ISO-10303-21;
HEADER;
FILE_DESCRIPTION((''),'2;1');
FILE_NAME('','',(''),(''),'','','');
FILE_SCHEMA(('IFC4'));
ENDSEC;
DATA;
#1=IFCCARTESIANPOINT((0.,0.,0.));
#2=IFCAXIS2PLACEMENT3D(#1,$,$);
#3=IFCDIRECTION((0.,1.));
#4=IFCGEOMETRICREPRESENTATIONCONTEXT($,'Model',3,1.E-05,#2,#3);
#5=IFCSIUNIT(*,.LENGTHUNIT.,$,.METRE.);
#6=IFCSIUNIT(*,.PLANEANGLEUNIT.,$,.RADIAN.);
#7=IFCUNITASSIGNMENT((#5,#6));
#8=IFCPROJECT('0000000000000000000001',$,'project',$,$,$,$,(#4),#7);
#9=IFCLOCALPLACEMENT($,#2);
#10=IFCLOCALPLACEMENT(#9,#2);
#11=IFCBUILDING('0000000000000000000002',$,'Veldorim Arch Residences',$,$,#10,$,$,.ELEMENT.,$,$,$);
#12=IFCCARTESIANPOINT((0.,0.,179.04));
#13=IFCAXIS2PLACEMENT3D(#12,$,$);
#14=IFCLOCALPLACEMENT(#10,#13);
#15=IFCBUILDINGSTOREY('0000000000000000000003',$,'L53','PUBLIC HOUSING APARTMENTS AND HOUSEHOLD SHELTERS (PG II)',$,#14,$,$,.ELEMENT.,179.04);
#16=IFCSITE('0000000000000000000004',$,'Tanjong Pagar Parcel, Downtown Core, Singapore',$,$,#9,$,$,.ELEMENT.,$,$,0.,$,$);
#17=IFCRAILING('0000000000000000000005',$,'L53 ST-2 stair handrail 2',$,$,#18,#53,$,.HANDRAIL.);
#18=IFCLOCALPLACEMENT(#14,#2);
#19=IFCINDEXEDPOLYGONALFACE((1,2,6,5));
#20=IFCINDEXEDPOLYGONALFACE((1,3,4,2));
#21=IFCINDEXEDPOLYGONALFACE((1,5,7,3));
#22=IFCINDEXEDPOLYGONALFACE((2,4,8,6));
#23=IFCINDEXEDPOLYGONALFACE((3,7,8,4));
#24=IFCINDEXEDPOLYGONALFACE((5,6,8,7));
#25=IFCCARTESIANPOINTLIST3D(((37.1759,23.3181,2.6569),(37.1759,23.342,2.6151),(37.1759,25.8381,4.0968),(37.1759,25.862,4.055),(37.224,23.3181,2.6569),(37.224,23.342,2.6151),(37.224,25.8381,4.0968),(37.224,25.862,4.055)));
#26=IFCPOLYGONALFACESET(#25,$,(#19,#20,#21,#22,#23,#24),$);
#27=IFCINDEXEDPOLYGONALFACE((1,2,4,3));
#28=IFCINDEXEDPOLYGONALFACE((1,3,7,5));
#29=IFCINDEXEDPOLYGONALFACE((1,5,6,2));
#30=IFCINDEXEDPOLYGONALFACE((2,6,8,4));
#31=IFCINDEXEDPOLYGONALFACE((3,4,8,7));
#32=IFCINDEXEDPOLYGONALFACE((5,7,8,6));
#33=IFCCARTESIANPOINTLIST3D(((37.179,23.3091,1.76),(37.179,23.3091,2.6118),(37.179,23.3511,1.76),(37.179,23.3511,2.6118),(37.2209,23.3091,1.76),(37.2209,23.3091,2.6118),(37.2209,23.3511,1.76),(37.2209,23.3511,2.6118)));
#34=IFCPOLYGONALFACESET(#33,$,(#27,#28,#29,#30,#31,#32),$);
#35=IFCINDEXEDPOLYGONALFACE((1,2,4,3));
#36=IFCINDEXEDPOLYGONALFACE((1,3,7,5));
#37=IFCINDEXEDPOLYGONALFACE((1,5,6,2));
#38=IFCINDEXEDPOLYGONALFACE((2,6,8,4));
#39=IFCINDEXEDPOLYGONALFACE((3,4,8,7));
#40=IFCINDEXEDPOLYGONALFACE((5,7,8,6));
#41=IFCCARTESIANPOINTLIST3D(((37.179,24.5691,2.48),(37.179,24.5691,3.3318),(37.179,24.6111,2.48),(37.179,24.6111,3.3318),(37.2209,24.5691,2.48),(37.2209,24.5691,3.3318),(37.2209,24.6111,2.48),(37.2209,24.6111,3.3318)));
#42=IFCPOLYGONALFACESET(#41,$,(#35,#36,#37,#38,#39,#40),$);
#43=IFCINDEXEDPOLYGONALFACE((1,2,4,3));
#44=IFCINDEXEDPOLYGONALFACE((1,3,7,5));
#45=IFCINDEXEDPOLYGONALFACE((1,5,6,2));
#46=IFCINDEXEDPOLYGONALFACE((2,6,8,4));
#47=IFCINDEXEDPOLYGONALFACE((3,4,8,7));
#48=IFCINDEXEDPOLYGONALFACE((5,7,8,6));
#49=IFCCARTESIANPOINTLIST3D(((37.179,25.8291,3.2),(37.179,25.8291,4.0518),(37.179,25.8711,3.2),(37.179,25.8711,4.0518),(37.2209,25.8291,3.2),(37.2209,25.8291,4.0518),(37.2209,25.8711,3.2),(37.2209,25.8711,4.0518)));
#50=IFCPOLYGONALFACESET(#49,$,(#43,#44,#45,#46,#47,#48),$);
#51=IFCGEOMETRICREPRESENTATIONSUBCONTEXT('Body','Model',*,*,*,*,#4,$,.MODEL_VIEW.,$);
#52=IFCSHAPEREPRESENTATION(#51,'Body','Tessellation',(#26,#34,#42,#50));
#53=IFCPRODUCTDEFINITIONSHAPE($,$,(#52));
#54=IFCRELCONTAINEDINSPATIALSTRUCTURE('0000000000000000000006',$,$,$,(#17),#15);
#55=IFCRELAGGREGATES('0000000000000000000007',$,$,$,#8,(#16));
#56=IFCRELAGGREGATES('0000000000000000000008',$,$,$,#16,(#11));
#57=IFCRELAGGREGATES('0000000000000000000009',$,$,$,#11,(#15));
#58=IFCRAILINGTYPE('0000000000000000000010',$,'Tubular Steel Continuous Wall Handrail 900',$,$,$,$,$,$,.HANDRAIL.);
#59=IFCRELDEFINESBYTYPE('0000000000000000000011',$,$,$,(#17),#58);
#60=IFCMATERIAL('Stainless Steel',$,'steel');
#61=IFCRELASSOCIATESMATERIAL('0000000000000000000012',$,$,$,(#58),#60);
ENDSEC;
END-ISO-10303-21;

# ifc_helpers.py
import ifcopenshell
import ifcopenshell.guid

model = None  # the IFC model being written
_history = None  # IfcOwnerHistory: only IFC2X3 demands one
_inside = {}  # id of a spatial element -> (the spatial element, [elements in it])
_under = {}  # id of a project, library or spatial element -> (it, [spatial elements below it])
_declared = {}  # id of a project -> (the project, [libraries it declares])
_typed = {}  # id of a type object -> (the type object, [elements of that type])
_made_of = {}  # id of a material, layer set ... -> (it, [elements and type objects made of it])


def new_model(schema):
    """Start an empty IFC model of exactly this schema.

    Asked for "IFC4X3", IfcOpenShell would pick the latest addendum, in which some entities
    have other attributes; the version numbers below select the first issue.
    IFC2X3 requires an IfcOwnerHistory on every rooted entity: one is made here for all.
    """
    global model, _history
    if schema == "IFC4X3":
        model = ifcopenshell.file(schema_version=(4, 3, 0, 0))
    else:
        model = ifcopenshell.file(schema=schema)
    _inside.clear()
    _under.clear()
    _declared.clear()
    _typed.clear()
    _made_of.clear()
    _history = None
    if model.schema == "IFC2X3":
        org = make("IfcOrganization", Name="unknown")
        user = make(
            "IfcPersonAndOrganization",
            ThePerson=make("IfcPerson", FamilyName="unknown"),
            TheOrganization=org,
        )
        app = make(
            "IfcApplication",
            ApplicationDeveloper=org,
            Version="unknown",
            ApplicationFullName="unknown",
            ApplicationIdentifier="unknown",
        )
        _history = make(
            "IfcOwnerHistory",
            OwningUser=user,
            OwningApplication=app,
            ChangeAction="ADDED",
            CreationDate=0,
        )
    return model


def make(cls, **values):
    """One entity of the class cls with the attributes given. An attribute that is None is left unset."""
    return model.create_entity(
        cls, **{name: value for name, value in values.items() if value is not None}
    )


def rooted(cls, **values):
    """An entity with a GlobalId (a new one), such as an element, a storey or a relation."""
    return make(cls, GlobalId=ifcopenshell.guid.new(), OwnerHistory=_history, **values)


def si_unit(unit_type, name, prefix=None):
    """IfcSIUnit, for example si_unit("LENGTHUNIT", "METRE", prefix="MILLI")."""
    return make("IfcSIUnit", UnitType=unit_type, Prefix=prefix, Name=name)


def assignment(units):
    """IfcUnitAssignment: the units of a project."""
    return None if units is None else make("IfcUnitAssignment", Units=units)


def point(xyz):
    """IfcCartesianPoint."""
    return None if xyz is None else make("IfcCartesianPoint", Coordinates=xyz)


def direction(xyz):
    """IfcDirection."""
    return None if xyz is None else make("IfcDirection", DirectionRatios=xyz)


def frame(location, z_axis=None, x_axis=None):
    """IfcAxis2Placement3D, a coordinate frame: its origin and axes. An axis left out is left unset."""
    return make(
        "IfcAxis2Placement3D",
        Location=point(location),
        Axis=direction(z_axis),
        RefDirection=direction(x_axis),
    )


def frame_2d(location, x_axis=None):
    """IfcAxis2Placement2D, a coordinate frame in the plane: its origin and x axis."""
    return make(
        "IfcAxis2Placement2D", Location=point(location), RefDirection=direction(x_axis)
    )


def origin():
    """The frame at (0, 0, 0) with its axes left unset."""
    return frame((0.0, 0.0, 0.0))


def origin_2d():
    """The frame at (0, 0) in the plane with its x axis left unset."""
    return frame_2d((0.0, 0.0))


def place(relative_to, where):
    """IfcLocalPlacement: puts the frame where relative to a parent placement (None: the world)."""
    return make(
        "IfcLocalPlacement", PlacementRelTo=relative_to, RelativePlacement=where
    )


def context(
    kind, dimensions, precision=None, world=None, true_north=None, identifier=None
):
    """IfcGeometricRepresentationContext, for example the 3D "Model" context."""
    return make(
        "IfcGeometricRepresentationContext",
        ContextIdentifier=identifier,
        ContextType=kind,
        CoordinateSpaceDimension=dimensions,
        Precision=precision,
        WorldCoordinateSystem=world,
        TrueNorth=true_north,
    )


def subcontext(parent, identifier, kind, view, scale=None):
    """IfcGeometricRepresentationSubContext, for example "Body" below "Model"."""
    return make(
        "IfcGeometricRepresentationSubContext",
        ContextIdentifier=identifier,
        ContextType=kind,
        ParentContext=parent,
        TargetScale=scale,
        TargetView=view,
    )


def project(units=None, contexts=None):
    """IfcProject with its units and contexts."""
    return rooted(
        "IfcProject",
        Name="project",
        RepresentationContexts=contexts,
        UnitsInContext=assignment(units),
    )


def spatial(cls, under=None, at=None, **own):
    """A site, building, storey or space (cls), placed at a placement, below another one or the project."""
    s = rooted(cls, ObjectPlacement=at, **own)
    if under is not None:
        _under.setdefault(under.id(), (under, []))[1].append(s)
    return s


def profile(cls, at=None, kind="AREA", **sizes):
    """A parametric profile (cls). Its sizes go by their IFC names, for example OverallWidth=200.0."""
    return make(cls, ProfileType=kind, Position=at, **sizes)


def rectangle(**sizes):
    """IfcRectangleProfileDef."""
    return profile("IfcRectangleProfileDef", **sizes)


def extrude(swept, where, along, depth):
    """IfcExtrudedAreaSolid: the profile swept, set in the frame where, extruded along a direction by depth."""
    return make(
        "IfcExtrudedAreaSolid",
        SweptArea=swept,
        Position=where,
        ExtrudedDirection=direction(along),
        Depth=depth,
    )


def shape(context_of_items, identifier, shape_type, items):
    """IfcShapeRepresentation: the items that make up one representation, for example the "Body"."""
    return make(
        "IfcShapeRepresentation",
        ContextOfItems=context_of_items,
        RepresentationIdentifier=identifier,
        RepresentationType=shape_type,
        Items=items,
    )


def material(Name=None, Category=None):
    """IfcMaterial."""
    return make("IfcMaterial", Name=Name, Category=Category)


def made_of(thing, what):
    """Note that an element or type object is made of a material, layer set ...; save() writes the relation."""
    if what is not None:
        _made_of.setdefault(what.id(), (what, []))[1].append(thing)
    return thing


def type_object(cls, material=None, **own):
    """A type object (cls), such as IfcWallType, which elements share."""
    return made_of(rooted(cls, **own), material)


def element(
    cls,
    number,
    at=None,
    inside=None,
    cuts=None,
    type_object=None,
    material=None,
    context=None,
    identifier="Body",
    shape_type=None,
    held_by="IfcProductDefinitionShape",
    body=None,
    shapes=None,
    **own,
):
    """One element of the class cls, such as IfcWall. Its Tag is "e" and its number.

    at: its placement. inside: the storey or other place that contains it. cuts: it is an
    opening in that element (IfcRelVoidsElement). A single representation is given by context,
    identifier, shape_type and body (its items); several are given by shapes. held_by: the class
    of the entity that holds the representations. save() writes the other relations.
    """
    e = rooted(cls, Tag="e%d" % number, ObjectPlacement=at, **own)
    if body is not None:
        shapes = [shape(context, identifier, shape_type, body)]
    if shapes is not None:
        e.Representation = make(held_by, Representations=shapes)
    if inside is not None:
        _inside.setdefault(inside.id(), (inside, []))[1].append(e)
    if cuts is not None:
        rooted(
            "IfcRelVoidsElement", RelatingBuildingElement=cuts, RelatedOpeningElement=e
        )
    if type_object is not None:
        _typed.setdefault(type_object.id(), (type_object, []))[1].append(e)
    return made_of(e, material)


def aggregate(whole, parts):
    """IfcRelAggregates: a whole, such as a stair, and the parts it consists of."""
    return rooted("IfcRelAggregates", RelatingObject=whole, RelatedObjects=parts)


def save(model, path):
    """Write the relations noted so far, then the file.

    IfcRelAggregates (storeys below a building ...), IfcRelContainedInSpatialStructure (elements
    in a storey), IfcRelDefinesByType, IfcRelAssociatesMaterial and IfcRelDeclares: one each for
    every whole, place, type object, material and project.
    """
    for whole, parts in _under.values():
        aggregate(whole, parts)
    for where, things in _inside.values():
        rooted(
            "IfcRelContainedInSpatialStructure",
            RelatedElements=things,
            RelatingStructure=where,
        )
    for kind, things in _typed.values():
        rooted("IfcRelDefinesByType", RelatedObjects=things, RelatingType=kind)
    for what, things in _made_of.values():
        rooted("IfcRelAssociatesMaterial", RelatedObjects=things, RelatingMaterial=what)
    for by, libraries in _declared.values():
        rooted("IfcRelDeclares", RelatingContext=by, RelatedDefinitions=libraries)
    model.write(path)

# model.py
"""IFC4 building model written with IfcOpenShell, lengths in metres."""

from ifc_helpers import new_model, si_unit, direction, frame, origin, origin_2d, place, context, subcontext, project, spatial, rectangle, extrude, material, type_object, element, save


model = new_model("IFC4")

# Units and contexts
model_context = context("Model", 3, precision=1e-05, world=origin(), true_north=direction((0.0, 1.0)))
body_context = subcontext(model_context, "Body", "Model", "MODEL_VIEW")
ifc_project = project(units=[si_unit("LENGTHUNIT", "METRE"), si_unit("PLANEANGLEUNIT", "RADIAN")], contexts=[model_context])

# Site, building, storey
site_placement = place(None, origin())
site = spatial("IfcSite", under=ifc_project, at=site_placement, Name="Tanjong Pagar Parcel, Downtown Core, Singapore", CompositionType="ELEMENT", RefElevation=0.0)
building_placement = place(site_placement, origin())
building = spatial("IfcBuilding", under=site, at=building_placement, Name="Veldorim Arch Residences", CompositionType="ELEMENT")
storey_placement = place(building_placement, frame((0.0, 0.0, 179.04)))
storey = spatial("IfcBuildingStorey", under=building, at=storey_placement, Name="L53", Description="PUBLIC HOUSING APARTMENTS AND HOUSEHOLD SHELTERS (PG II)", CompositionType="ELEMENT", Elevation=179.04)

# Railing
ifc_material_1 = material(Name="Stainless Steel", Category="steel")
railing_type_1 = type_object("IfcRailingType", Name="Tubular Steel Continuous Wall Handrail 900", PredefinedType="HANDRAIL", material=ifc_material_1)
railing_1_placement = place(storey_placement, frame((37.2, 23.3301, 1.76)))
element("IfcRailing", 1, at=railing_1_placement, inside=storey, type_object=railing_type_1, Name="L53 ST-2 stair handrail 2", PredefinedType="HANDRAIL", context=body_context, shape_type="SweptSolid", body=[
    extrude(rectangle(XDim=0.0481, YDim=0.0481, at=origin_2d()), frame((0.0, 0.0, 0.876), z_axis=(0.0, 0.868253, 0.496121), x_axis=(-1.0, 0.0, 0.0)), (0.0, 0.0, 1.0), 2.9023),
    extrude(rectangle(XDim=0.042, YDim=0.042, at=origin_2d()), origin(), (0.0, 0.0, 1.0), 0.8518),
    extrude(rectangle(XDim=0.042, YDim=0.042, at=origin_2d()), frame((0.0, 1.26, 0.72)), (0.0, 0.0, 1.0), 0.8518),
    extrude(rectangle(XDim=0.042, YDim=0.042, at=origin_2d()), frame((0.0, 2.52, 1.4399)), (0.0, 0.0, 1.0), 0.8518),
])

save(model, "model.ifc")
